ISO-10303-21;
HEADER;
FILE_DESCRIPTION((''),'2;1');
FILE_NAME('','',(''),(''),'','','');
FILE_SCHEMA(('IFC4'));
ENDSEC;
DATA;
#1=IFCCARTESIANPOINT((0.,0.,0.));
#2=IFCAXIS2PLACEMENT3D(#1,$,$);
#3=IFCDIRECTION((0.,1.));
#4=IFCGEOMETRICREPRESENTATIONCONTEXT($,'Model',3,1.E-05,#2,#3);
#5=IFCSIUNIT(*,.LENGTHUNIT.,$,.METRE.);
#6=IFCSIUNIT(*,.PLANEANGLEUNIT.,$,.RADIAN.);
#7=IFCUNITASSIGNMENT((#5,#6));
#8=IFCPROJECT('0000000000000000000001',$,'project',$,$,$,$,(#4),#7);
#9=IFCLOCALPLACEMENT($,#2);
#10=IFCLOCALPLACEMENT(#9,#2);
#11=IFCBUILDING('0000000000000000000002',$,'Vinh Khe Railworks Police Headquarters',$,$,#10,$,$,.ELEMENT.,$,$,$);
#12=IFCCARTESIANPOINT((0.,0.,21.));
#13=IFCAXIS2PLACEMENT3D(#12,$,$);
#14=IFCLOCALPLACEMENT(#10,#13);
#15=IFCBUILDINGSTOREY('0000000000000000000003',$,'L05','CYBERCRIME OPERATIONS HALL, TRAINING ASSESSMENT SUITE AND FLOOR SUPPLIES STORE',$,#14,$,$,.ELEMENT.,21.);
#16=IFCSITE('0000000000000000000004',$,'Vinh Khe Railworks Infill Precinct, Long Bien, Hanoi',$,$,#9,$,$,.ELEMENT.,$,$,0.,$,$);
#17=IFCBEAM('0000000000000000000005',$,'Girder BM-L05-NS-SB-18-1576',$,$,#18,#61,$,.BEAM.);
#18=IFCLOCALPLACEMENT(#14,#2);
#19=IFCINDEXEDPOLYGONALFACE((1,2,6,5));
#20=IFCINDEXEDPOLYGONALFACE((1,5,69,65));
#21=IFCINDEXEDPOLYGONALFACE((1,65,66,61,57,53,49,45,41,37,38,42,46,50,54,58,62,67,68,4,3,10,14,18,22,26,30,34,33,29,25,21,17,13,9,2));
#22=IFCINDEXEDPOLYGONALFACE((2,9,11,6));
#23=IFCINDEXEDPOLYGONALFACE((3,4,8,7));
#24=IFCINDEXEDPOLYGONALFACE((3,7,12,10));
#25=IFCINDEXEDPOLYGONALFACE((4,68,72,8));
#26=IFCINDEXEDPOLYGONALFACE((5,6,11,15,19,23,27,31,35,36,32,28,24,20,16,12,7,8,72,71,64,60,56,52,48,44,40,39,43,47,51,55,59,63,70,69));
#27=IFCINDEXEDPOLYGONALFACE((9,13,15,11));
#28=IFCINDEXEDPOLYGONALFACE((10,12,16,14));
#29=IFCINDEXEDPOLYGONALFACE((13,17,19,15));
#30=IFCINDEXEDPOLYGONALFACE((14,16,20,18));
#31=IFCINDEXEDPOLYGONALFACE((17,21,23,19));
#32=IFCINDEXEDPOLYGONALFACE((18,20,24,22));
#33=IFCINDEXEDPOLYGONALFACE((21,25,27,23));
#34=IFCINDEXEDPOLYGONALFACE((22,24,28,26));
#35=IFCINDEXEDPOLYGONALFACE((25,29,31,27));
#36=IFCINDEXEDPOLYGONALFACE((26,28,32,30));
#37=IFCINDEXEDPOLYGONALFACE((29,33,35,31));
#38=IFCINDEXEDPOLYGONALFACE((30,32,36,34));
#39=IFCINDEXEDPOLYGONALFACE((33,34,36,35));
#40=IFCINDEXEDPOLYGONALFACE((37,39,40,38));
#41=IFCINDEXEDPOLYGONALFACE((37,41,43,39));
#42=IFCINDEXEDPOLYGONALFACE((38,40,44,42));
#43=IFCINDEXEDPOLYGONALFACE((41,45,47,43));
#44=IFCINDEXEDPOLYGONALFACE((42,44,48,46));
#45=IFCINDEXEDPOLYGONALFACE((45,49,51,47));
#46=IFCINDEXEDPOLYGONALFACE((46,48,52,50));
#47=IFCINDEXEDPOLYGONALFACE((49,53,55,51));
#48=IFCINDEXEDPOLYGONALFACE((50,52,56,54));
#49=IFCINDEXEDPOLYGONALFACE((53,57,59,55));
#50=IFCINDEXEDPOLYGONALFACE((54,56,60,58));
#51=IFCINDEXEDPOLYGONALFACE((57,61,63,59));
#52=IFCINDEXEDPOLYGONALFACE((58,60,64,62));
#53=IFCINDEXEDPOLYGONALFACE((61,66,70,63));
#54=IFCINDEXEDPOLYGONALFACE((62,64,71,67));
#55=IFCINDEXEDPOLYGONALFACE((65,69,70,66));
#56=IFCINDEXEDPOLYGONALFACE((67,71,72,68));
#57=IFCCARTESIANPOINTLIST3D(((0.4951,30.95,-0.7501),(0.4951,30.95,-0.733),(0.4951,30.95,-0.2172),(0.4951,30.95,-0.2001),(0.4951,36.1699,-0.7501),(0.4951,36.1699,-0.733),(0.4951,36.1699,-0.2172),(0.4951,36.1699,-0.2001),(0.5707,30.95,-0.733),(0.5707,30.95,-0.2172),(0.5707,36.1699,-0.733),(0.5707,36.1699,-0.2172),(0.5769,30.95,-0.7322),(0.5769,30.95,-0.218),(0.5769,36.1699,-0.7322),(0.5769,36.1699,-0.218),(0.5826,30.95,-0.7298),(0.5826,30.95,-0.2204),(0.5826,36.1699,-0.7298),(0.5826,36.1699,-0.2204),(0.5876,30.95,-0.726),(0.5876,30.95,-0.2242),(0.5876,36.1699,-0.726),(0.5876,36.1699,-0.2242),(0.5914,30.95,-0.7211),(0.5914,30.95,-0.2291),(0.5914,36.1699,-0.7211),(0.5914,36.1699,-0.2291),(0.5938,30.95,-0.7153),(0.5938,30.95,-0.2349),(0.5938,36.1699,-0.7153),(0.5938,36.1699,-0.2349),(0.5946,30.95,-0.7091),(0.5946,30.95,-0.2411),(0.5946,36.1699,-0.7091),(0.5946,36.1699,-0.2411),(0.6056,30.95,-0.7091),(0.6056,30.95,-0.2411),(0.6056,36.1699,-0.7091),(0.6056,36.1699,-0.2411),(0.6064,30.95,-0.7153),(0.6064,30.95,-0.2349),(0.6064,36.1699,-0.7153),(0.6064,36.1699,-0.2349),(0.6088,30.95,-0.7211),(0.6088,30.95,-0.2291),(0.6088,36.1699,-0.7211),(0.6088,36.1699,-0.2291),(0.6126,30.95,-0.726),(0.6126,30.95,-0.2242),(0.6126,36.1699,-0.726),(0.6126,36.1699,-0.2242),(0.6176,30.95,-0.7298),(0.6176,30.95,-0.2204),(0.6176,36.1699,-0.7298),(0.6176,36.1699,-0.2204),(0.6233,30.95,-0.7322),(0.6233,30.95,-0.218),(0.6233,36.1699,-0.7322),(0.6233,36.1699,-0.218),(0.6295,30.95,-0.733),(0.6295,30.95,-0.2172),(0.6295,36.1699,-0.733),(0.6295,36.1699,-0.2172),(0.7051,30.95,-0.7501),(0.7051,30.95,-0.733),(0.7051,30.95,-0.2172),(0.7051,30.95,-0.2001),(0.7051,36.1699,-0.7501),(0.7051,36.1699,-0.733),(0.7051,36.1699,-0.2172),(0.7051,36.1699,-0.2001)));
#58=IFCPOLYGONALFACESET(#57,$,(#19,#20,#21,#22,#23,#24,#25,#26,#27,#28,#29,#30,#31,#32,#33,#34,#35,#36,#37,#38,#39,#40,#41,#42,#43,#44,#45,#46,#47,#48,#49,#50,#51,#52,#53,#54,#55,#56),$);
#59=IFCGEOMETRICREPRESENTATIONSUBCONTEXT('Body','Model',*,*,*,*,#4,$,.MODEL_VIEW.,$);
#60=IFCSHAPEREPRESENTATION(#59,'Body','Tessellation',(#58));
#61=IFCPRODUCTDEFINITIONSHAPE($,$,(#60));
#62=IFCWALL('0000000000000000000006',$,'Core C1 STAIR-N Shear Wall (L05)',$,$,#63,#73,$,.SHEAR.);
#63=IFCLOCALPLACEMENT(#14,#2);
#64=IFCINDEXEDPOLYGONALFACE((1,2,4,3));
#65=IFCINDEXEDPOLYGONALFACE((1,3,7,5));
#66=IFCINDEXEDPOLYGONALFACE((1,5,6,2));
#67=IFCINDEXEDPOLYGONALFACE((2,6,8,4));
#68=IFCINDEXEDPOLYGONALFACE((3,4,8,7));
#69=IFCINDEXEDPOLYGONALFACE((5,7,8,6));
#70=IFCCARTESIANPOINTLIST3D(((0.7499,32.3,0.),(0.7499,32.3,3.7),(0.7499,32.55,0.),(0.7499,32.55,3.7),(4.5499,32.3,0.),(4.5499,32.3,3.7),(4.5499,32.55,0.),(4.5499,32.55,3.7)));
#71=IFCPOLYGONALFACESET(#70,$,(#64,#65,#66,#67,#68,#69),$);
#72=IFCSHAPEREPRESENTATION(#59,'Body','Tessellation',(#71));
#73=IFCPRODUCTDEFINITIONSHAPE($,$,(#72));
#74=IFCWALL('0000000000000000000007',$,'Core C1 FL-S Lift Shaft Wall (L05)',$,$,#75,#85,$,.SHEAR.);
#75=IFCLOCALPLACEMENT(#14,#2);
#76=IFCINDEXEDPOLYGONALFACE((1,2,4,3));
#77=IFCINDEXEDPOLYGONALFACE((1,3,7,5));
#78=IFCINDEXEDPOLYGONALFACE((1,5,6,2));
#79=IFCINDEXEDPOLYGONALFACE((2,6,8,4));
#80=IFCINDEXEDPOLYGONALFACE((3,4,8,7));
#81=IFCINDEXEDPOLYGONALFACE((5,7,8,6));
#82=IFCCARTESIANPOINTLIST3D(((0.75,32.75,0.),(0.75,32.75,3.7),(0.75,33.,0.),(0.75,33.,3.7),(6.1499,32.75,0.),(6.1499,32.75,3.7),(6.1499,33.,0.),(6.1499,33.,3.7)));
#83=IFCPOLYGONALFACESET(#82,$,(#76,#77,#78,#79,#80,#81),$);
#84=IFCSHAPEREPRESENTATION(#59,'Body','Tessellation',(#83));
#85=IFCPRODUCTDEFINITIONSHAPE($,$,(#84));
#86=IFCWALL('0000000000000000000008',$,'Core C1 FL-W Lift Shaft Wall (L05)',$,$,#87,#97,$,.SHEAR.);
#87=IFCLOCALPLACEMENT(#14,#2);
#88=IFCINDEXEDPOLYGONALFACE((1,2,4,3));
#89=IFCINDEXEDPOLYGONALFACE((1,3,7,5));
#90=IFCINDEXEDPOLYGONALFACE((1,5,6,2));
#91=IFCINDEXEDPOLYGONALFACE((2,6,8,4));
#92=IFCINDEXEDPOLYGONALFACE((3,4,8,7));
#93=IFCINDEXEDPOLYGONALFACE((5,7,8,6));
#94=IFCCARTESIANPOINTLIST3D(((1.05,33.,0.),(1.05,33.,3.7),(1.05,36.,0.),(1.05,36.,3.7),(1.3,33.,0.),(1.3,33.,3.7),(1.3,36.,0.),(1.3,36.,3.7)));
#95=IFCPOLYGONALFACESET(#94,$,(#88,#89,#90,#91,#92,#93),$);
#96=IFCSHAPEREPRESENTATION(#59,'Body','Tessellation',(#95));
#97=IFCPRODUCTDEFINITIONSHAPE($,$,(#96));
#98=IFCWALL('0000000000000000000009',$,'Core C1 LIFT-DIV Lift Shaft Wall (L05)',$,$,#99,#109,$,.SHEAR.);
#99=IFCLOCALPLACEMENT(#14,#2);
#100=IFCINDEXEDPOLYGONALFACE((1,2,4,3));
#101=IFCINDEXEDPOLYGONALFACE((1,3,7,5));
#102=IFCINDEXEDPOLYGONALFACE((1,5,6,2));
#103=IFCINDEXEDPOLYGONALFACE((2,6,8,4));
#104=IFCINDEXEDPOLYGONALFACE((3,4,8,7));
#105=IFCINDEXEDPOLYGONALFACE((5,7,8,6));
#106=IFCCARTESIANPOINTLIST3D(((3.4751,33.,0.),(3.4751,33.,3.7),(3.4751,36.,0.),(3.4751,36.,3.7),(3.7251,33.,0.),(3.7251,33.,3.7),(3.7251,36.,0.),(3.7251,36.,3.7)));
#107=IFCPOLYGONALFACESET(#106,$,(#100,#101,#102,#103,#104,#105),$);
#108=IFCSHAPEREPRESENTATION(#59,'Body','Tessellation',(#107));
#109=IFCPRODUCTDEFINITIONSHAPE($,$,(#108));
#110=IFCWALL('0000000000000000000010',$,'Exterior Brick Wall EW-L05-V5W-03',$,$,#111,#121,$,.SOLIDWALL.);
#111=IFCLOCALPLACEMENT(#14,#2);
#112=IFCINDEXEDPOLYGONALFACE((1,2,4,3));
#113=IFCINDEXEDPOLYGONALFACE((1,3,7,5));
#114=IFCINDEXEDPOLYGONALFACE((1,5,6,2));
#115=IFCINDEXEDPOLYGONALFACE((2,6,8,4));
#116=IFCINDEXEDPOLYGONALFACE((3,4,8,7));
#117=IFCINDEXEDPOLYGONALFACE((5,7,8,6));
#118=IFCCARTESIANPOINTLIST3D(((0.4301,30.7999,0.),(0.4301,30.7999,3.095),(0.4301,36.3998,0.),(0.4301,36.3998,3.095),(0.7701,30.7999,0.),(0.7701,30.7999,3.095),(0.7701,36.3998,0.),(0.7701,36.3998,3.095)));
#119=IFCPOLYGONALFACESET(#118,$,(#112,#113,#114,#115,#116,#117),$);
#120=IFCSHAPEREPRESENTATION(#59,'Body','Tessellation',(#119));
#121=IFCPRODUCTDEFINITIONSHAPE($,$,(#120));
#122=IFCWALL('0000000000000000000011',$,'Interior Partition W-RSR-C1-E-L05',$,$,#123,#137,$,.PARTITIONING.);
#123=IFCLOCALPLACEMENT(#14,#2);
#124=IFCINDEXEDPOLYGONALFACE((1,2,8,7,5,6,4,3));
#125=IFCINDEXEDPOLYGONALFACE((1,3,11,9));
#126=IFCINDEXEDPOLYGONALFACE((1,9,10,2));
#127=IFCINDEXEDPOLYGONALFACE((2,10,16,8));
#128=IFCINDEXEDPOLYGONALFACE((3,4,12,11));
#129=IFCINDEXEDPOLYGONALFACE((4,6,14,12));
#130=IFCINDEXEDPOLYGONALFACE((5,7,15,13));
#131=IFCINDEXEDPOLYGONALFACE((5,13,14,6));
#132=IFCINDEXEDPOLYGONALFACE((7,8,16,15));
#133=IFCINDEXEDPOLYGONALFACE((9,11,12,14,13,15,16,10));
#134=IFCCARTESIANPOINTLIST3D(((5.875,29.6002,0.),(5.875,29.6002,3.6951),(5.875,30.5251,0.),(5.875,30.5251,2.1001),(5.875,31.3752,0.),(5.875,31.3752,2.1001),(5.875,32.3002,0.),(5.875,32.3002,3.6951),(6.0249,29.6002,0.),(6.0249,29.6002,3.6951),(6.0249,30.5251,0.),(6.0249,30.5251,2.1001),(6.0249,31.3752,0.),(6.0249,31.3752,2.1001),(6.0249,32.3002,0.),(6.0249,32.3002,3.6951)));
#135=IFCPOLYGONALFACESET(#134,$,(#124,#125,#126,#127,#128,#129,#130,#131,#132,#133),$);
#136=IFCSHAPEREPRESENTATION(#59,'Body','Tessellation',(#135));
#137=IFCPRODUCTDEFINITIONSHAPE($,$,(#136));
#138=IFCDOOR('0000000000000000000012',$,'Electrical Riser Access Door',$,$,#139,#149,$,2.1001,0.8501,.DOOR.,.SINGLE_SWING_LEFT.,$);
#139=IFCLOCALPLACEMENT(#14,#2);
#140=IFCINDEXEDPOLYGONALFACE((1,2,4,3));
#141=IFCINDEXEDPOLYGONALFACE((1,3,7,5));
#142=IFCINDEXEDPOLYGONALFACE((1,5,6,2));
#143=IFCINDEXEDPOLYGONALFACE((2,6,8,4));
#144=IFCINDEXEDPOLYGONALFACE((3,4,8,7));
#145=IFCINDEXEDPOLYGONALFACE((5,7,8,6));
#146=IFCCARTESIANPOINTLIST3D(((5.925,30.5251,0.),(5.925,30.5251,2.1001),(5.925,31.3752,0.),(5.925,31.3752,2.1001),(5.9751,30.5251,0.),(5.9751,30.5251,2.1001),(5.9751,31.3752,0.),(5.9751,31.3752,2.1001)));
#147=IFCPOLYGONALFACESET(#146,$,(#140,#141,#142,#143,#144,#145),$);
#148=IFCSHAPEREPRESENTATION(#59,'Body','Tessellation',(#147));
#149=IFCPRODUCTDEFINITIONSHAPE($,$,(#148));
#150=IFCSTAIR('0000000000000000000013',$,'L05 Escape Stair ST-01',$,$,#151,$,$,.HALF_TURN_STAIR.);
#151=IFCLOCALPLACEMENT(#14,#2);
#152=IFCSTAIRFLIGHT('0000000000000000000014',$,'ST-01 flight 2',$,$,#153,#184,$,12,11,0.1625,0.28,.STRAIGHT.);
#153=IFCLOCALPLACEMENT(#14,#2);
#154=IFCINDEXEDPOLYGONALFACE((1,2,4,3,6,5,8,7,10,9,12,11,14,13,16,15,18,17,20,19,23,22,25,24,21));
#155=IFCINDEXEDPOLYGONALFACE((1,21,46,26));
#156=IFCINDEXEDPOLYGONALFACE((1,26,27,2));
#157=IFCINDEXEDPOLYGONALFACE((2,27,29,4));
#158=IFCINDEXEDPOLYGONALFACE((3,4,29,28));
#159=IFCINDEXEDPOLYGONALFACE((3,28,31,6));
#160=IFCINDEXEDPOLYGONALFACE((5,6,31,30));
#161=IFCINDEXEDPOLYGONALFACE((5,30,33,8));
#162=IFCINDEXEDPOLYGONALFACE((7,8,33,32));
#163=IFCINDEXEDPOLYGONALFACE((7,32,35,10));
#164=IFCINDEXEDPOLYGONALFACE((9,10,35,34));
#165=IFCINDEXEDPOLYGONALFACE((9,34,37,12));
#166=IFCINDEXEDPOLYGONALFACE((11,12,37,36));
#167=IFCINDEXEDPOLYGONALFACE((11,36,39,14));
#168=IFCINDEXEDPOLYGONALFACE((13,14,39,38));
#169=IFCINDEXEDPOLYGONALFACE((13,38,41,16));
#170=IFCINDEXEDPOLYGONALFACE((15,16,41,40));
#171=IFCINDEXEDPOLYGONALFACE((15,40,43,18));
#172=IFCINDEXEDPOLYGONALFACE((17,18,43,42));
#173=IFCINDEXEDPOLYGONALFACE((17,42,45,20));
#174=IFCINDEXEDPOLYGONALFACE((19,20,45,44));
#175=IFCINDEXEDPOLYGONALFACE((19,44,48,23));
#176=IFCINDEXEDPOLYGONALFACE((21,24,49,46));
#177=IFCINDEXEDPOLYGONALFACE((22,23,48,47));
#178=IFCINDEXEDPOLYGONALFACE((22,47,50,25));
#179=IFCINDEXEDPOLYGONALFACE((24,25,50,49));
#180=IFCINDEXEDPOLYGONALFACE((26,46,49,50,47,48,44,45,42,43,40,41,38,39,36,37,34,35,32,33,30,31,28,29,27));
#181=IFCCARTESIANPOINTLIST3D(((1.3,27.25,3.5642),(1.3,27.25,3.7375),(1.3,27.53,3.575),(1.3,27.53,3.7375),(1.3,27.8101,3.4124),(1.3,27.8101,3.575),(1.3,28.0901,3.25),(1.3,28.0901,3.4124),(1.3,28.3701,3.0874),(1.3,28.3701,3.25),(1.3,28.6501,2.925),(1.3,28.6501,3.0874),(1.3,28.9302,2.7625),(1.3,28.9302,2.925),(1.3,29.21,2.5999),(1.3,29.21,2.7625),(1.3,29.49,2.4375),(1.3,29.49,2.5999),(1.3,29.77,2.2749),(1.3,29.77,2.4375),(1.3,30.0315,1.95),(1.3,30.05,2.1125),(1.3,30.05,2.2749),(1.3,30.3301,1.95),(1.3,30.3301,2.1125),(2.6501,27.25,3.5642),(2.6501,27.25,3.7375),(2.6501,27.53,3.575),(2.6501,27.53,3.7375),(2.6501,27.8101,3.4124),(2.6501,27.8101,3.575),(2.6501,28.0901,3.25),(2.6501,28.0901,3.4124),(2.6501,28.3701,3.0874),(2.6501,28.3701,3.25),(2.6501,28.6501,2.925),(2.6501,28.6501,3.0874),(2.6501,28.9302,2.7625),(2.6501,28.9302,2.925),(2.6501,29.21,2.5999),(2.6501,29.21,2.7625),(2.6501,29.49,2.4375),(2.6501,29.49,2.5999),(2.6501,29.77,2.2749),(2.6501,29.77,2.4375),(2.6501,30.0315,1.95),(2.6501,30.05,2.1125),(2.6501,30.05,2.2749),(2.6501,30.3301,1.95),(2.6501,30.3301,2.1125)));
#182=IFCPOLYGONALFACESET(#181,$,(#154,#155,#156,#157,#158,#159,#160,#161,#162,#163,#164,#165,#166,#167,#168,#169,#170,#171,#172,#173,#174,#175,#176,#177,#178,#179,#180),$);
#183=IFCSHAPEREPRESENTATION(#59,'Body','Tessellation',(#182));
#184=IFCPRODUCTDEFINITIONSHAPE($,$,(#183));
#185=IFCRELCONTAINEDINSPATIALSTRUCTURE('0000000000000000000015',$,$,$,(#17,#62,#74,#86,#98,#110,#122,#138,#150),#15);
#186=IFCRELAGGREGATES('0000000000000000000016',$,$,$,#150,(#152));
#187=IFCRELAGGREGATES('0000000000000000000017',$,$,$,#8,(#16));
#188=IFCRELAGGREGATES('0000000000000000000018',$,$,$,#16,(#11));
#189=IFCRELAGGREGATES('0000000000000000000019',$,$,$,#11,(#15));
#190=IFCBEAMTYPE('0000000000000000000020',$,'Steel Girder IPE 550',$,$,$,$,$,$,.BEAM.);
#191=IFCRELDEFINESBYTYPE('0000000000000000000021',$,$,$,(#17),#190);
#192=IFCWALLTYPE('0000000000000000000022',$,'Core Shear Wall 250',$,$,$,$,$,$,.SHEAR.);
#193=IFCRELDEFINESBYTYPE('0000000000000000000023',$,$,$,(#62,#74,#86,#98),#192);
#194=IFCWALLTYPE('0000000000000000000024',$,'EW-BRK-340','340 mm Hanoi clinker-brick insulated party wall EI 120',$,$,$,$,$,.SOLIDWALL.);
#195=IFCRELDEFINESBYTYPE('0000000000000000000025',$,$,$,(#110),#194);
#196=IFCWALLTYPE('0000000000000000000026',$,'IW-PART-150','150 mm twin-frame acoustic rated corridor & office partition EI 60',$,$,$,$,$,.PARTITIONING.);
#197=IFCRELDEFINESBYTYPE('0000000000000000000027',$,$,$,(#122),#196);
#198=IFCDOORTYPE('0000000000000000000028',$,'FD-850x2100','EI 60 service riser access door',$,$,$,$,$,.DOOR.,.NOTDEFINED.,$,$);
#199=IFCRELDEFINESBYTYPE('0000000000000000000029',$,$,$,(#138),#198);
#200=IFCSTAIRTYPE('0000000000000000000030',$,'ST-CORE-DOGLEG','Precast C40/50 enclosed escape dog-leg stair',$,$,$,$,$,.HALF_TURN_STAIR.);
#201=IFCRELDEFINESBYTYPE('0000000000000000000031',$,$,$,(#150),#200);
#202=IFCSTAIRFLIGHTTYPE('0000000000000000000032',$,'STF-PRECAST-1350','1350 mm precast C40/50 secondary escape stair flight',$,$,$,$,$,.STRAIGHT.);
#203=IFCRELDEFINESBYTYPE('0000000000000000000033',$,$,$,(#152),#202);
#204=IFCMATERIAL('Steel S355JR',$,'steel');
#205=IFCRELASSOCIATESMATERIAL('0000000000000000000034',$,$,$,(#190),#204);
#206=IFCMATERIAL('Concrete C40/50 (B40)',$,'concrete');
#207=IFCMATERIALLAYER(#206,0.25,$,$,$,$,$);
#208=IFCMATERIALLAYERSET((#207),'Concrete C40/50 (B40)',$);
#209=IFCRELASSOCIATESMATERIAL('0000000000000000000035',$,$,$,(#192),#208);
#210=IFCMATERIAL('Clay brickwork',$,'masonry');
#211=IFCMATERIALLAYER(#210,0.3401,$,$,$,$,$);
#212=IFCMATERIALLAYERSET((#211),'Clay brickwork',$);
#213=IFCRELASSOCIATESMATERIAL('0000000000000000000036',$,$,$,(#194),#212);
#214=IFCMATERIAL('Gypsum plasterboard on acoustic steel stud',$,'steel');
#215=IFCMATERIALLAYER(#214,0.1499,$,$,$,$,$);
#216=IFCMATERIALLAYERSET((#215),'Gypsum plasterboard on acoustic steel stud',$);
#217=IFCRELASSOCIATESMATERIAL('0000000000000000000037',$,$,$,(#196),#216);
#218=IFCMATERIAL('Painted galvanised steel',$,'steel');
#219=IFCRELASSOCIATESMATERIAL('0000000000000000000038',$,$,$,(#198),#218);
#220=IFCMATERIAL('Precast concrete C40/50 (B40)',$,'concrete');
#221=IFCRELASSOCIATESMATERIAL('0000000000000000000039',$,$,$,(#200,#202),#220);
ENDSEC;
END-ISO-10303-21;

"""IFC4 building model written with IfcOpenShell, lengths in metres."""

from ifc_helpers import new_model, si_unit, direction, frame, frame_2d, origin, origin_2d, place, context, subcontext, project, spatial, polyline, rectangle, i_section, outline, extrude, material, layer, layer_set, material_profile, profile_set, type_object, element, fill, aggregate, save


model = new_model("IFC4")

# Units and contexts
model_context = context("Model", 3, precision=1e-05, world=origin(), true_north=direction((0.0, 1.0)))
body_context = subcontext(model_context, "Body", "Model", "MODEL_VIEW")
ifc_project = project(units=[si_unit("LENGTHUNIT", "METRE"), si_unit("PLANEANGLEUNIT", "RADIAN")], contexts=[model_context])

# Site, building, storey
site_placement = place(None, origin())
site = spatial("IfcSite", under=ifc_project, at=site_placement, Name="Vinh Khe Railworks Infill Precinct, Long Bien, Hanoi", CompositionType="ELEMENT", RefElevation=0.0)
building_placement = place(site_placement, origin())
building = spatial("IfcBuilding", under=site, at=building_placement, Name="Vinh Khe Railworks Police Headquarters", CompositionType="ELEMENT")
storey_placement = place(building_placement, frame((0.0, 0.0, 21.0)))
storey = spatial("IfcBuildingStorey", under=building, at=storey_placement, Name="L05", Description="CYBERCRIME OPERATIONS HALL, TRAINING ASSESSMENT SUITE AND FLOOR SUPPLIES STORE", CompositionType="ELEMENT", Elevation=21.0)

# Shared definitions
ifc_material_1 = material(Name="Steel S355JR", Category="steel")

# Beam
ifc_material_profile_1 = material_profile(ifc_material_1, i_section(OverallWidth=0.21, OverallDepth=0.55, WebThickness=0.011, FlangeThickness=0.0171, FilletRadius=0.0239, at=origin_2d()), Name="IPE 550")
ifc_profile_set_1 = profile_set([ifc_material_profile_1], Name="Steel S355JR")
beam_type_1 = type_object("IfcBeamType", Name="Steel Girder IPE 550", PredefinedType="BEAM", material=ifc_profile_set_1)
beam_1_placement = place(storey_placement, frame((0.6001, 30.95, -0.4751), z_axis=(0.0, 1.0, 0.0), x_axis=(-1.0, 0.0, 0.0)))
element("IfcBeam", 1, at=beam_1_placement, inside=storey, type_object=beam_type_1, Name="Girder BM-L05-NS-SB-18-1576", PredefinedType="BEAM", context=body_context, shape_type="SweptSolid", body=[
    extrude(i_section(OverallWidth=0.21, OverallDepth=0.55, WebThickness=0.011, FlangeThickness=0.0171, FilletRadius=0.0239, at=origin_2d()), origin(), (0.0, 0.0, 1.0), 5.22),
])

# Walls
ifc_material_2 = material(Name="Concrete C40/50 (B40)", Category="concrete")
ifc_layer_1 = layer(ifc_material_2, 0.25)
ifc_layer_set_1 = layer_set([ifc_layer_1], Name="Concrete C40/50 (B40)")
wall_type_1 = type_object("IfcWallType", Name="Core Shear Wall 250", PredefinedType="SHEAR", material=ifc_layer_set_1)
wall_1_placement = place(storey_placement, frame((0.75, 32.425, 0.0), z_axis=(0.0, 0.0, 1.0), x_axis=(1.0, 0.0, 0.0)))
element("IfcWall", 2, at=wall_1_placement, inside=storey, type_object=wall_type_1, Name="Core C1 STAIR-N Shear Wall (L05)", PredefinedType="SHEAR", context=body_context, shape_type="SweptSolid", body=[
    extrude(rectangle(XDim=3.8, YDim=0.25, at=frame_2d((1.8999, 0.0))), origin(), (0.0, 0.0, 1.0), 3.7),
])
wall_2_placement = place(storey_placement, frame((0.75, 32.875, 0.0), z_axis=(0.0, 0.0, 1.0), x_axis=(1.0, 0.0, 0.0)))
element("IfcWall", 3, at=wall_2_placement, inside=storey, type_object=wall_type_1, Name="Core C1 FL-S Lift Shaft Wall (L05)", PredefinedType="SHEAR", context=body_context, shape_type="SweptSolid", body=[
    extrude(rectangle(XDim=5.3999, YDim=0.25, at=frame_2d((2.7, 0.0))), origin(), (0.0, 0.0, 1.0), 3.7),
])
for number, where, z_axis, x_axis, name in (
    (4, (1.175, 33.0, 0.0), (0.0, 0.0, 1.0), (0.0, 1.0, 0.0), "Core C1 FL-W Lift Shaft Wall (L05)"),
    (5, (3.6001, 33.0, 0.0), (0.0, 0.0, 1.0), (0.0, 1.0, 0.0), "Core C1 LIFT-DIV Lift Shaft Wall (L05)"),
):
    element("IfcWall", number, at=place(storey_placement, frame(where, z_axis=z_axis, x_axis=x_axis)), inside=storey, type_object=wall_type_1, Name=name, PredefinedType="SHEAR", context=body_context, shape_type="SweptSolid", body=[
        extrude(rectangle(XDim=3.0, YDim=0.25, at=frame_2d((1.5, 0.0))), origin(), (0.0, 0.0, 1.0), 3.7),
    ])
ifc_material_3 = material(Name="Clay brickwork", Category="masonry")
ifc_layer_2 = layer(ifc_material_3, 0.3401)
ifc_layer_set_2 = layer_set([ifc_layer_2], Name="Clay brickwork")
wall_type_2 = type_object("IfcWallType", Name="EW-BRK-340", Description="340 mm Hanoi clinker-brick insulated party wall EI 120", PredefinedType="SOLIDWALL", material=ifc_layer_set_2)
wall_3_placement = place(storey_placement, frame((0.6001, 30.8, 0.0), z_axis=(0.0, 0.0, 1.0), x_axis=(0.0, 1.0, 0.0)))
element("IfcWall", 6, at=wall_3_placement, inside=storey, type_object=wall_type_2, Name="Exterior Brick Wall EW-L05-V5W-03", PredefinedType="SOLIDWALL", context=body_context, shape_type="SweptSolid", body=[
    extrude(rectangle(XDim=5.5999, YDim=0.3401, at=frame_2d((2.7998, 0.0))), origin(), (0.0, 0.0, 1.0), 3.095),
])

# Wall, opening, door
ifc_material_4 = material(Name="Painted galvanised steel", Category="steel")
ifc_material_5 = material(Name="Gypsum plasterboard on acoustic steel stud", Category="steel")
ifc_layer_3 = layer(ifc_material_5, 0.1499)
ifc_layer_set_3 = layer_set([ifc_layer_3], Name="Gypsum plasterboard on acoustic steel stud")
wall_type_3 = type_object("IfcWallType", Name="IW-PART-150", Description="150 mm twin-frame acoustic rated corridor & office partition EI 60", PredefinedType="PARTITIONING", material=ifc_layer_set_3)
wall_4_placement = place(storey_placement, frame((5.95, 29.6001, 0.0), z_axis=(0.0, 0.0, 1.0), x_axis=(0.0, 1.0, 0.0)))
wall_4 = element("IfcWall", 7, at=wall_4_placement, inside=storey, type_object=wall_type_3, Name="Interior Partition W-RSR-C1-E-L05", PredefinedType="PARTITIONING", context=body_context, shape_type="SweptSolid", body=[
    extrude(rectangle(XDim=2.7, YDim=0.1499, at=frame_2d((1.3501, 0.0))), origin(), (0.0, 0.0, 1.0), 3.6951),
])
opening_1_placement = place(wall_4_placement, frame((0.925, 0.0, 0.0)))
opening_1 = element("IfcOpeningElement", 8, at=opening_1_placement, cuts=wall_4, PredefinedType="OPENING", context=body_context, shape_type="SweptSolid", body=[
    extrude(rectangle(XDim=0.8501, YDim=2.1001, at=frame_2d((0.425, 1.05))), frame((0.0, 0.0898, 0.0), z_axis=(0.0, -1.0, 0.0), x_axis=(1.0, 0.0, 0.0)), (0.0, 0.0, 1.0), 0.1797),
])
door_type_1 = type_object("IfcDoorType", Name="FD-850x2100", Description="EI 60 service riser access door", OperationType="NOTDEFINED", PredefinedType="DOOR", material=ifc_material_4)
door_1_placement = place(opening_1_placement, origin())
door_1 = element("IfcDoor", 9, at=door_1_placement, inside=storey, type_object=door_type_1, Name="Electrical Riser Access Door", OperationType="SINGLE_SWING_LEFT", OverallHeight=2.1001, OverallWidth=0.8501, PredefinedType="DOOR", context=body_context, shape_type="SweptSolid", body=[
    extrude(rectangle(XDim=0.8501, YDim=2.1001, at=frame_2d((0.425, 1.05))), frame((0.0, 0.0249, 0.0), z_axis=(0.0, -1.0, 0.0), x_axis=(1.0, 0.0, 0.0)), (0.0, 0.0, 1.0), 0.05),
])
fill(opening_1, door_1)

# Stair, stair flight
ifc_material_6 = material(Name="Precast concrete C40/50 (B40)", Category="concrete")
stair_type = type_object("IfcStairType", Name="ST-CORE-DOGLEG", Description="Precast C40/50 enclosed escape dog-leg stair", PredefinedType="HALF_TURN_STAIR", material=ifc_material_6)
stair_placement = place(storey_placement, origin())
stair = element("IfcStair", 10, at=stair_placement, inside=storey, type_object=stair_type, Name="L05 Escape Stair ST-01", PredefinedType="HALF_TURN_STAIR")
stair_flight_type = type_object("IfcStairFlightType", Name="STF-PRECAST-1350", Description="1350 mm precast C40/50 secondary escape stair flight", PredefinedType="STRAIGHT", material=ifc_material_6)
stair_flight_placement = place(storey_placement, frame((1.9751, 30.3301, 1.95), z_axis=(0.0, 0.0, 1.0), x_axis=(0.0, -1.0, 0.0)))
stair_flight = element("IfcStairFlight", 11, at=stair_flight_placement, type_object=stair_flight_type, Name="ST-01 flight 2", NumberOfRisers=12, NumberOfTreads=11, PredefinedType="STRAIGHT", RiserHeight=0.1625, TreadLength=0.28, context=body_context, shape_type="SweptSolid", body=[
    extrude(outline(polyline([(0.0, 0.0), (0.0, 0.1626), (0.28, 0.1626), (0.28, 0.325), (0.5601, 0.325), (0.5601, 0.4875), (0.8401, 0.4875), (0.8401, 0.6499), (1.1201, 0.6499), (1.1201, 0.8125), (1.3999, 0.8125), (1.3999, 0.9751), (1.6799, 0.9751), (1.6799, 1.1375), (1.96, 1.1375), (1.96, 1.3), (2.24, 1.3), (2.24, 1.4624), (2.52, 1.4624), (2.52, 1.625), (2.8, 1.625), (2.8, 1.7876), (3.0801, 1.7876), (3.0801, 1.95), (3.0801, 1.6143), (0.2986, 0.0), (0.0, 0.0)])), frame((0.0, 0.675, 0.0), z_axis=(0.0, -1.0, 0.0), x_axis=(1.0, 0.0, 0.0)), (0.0, 0.0, 1.0), 1.3501),
])
aggregate(stair, [stair_flight])

save(model, "model.ifc")
